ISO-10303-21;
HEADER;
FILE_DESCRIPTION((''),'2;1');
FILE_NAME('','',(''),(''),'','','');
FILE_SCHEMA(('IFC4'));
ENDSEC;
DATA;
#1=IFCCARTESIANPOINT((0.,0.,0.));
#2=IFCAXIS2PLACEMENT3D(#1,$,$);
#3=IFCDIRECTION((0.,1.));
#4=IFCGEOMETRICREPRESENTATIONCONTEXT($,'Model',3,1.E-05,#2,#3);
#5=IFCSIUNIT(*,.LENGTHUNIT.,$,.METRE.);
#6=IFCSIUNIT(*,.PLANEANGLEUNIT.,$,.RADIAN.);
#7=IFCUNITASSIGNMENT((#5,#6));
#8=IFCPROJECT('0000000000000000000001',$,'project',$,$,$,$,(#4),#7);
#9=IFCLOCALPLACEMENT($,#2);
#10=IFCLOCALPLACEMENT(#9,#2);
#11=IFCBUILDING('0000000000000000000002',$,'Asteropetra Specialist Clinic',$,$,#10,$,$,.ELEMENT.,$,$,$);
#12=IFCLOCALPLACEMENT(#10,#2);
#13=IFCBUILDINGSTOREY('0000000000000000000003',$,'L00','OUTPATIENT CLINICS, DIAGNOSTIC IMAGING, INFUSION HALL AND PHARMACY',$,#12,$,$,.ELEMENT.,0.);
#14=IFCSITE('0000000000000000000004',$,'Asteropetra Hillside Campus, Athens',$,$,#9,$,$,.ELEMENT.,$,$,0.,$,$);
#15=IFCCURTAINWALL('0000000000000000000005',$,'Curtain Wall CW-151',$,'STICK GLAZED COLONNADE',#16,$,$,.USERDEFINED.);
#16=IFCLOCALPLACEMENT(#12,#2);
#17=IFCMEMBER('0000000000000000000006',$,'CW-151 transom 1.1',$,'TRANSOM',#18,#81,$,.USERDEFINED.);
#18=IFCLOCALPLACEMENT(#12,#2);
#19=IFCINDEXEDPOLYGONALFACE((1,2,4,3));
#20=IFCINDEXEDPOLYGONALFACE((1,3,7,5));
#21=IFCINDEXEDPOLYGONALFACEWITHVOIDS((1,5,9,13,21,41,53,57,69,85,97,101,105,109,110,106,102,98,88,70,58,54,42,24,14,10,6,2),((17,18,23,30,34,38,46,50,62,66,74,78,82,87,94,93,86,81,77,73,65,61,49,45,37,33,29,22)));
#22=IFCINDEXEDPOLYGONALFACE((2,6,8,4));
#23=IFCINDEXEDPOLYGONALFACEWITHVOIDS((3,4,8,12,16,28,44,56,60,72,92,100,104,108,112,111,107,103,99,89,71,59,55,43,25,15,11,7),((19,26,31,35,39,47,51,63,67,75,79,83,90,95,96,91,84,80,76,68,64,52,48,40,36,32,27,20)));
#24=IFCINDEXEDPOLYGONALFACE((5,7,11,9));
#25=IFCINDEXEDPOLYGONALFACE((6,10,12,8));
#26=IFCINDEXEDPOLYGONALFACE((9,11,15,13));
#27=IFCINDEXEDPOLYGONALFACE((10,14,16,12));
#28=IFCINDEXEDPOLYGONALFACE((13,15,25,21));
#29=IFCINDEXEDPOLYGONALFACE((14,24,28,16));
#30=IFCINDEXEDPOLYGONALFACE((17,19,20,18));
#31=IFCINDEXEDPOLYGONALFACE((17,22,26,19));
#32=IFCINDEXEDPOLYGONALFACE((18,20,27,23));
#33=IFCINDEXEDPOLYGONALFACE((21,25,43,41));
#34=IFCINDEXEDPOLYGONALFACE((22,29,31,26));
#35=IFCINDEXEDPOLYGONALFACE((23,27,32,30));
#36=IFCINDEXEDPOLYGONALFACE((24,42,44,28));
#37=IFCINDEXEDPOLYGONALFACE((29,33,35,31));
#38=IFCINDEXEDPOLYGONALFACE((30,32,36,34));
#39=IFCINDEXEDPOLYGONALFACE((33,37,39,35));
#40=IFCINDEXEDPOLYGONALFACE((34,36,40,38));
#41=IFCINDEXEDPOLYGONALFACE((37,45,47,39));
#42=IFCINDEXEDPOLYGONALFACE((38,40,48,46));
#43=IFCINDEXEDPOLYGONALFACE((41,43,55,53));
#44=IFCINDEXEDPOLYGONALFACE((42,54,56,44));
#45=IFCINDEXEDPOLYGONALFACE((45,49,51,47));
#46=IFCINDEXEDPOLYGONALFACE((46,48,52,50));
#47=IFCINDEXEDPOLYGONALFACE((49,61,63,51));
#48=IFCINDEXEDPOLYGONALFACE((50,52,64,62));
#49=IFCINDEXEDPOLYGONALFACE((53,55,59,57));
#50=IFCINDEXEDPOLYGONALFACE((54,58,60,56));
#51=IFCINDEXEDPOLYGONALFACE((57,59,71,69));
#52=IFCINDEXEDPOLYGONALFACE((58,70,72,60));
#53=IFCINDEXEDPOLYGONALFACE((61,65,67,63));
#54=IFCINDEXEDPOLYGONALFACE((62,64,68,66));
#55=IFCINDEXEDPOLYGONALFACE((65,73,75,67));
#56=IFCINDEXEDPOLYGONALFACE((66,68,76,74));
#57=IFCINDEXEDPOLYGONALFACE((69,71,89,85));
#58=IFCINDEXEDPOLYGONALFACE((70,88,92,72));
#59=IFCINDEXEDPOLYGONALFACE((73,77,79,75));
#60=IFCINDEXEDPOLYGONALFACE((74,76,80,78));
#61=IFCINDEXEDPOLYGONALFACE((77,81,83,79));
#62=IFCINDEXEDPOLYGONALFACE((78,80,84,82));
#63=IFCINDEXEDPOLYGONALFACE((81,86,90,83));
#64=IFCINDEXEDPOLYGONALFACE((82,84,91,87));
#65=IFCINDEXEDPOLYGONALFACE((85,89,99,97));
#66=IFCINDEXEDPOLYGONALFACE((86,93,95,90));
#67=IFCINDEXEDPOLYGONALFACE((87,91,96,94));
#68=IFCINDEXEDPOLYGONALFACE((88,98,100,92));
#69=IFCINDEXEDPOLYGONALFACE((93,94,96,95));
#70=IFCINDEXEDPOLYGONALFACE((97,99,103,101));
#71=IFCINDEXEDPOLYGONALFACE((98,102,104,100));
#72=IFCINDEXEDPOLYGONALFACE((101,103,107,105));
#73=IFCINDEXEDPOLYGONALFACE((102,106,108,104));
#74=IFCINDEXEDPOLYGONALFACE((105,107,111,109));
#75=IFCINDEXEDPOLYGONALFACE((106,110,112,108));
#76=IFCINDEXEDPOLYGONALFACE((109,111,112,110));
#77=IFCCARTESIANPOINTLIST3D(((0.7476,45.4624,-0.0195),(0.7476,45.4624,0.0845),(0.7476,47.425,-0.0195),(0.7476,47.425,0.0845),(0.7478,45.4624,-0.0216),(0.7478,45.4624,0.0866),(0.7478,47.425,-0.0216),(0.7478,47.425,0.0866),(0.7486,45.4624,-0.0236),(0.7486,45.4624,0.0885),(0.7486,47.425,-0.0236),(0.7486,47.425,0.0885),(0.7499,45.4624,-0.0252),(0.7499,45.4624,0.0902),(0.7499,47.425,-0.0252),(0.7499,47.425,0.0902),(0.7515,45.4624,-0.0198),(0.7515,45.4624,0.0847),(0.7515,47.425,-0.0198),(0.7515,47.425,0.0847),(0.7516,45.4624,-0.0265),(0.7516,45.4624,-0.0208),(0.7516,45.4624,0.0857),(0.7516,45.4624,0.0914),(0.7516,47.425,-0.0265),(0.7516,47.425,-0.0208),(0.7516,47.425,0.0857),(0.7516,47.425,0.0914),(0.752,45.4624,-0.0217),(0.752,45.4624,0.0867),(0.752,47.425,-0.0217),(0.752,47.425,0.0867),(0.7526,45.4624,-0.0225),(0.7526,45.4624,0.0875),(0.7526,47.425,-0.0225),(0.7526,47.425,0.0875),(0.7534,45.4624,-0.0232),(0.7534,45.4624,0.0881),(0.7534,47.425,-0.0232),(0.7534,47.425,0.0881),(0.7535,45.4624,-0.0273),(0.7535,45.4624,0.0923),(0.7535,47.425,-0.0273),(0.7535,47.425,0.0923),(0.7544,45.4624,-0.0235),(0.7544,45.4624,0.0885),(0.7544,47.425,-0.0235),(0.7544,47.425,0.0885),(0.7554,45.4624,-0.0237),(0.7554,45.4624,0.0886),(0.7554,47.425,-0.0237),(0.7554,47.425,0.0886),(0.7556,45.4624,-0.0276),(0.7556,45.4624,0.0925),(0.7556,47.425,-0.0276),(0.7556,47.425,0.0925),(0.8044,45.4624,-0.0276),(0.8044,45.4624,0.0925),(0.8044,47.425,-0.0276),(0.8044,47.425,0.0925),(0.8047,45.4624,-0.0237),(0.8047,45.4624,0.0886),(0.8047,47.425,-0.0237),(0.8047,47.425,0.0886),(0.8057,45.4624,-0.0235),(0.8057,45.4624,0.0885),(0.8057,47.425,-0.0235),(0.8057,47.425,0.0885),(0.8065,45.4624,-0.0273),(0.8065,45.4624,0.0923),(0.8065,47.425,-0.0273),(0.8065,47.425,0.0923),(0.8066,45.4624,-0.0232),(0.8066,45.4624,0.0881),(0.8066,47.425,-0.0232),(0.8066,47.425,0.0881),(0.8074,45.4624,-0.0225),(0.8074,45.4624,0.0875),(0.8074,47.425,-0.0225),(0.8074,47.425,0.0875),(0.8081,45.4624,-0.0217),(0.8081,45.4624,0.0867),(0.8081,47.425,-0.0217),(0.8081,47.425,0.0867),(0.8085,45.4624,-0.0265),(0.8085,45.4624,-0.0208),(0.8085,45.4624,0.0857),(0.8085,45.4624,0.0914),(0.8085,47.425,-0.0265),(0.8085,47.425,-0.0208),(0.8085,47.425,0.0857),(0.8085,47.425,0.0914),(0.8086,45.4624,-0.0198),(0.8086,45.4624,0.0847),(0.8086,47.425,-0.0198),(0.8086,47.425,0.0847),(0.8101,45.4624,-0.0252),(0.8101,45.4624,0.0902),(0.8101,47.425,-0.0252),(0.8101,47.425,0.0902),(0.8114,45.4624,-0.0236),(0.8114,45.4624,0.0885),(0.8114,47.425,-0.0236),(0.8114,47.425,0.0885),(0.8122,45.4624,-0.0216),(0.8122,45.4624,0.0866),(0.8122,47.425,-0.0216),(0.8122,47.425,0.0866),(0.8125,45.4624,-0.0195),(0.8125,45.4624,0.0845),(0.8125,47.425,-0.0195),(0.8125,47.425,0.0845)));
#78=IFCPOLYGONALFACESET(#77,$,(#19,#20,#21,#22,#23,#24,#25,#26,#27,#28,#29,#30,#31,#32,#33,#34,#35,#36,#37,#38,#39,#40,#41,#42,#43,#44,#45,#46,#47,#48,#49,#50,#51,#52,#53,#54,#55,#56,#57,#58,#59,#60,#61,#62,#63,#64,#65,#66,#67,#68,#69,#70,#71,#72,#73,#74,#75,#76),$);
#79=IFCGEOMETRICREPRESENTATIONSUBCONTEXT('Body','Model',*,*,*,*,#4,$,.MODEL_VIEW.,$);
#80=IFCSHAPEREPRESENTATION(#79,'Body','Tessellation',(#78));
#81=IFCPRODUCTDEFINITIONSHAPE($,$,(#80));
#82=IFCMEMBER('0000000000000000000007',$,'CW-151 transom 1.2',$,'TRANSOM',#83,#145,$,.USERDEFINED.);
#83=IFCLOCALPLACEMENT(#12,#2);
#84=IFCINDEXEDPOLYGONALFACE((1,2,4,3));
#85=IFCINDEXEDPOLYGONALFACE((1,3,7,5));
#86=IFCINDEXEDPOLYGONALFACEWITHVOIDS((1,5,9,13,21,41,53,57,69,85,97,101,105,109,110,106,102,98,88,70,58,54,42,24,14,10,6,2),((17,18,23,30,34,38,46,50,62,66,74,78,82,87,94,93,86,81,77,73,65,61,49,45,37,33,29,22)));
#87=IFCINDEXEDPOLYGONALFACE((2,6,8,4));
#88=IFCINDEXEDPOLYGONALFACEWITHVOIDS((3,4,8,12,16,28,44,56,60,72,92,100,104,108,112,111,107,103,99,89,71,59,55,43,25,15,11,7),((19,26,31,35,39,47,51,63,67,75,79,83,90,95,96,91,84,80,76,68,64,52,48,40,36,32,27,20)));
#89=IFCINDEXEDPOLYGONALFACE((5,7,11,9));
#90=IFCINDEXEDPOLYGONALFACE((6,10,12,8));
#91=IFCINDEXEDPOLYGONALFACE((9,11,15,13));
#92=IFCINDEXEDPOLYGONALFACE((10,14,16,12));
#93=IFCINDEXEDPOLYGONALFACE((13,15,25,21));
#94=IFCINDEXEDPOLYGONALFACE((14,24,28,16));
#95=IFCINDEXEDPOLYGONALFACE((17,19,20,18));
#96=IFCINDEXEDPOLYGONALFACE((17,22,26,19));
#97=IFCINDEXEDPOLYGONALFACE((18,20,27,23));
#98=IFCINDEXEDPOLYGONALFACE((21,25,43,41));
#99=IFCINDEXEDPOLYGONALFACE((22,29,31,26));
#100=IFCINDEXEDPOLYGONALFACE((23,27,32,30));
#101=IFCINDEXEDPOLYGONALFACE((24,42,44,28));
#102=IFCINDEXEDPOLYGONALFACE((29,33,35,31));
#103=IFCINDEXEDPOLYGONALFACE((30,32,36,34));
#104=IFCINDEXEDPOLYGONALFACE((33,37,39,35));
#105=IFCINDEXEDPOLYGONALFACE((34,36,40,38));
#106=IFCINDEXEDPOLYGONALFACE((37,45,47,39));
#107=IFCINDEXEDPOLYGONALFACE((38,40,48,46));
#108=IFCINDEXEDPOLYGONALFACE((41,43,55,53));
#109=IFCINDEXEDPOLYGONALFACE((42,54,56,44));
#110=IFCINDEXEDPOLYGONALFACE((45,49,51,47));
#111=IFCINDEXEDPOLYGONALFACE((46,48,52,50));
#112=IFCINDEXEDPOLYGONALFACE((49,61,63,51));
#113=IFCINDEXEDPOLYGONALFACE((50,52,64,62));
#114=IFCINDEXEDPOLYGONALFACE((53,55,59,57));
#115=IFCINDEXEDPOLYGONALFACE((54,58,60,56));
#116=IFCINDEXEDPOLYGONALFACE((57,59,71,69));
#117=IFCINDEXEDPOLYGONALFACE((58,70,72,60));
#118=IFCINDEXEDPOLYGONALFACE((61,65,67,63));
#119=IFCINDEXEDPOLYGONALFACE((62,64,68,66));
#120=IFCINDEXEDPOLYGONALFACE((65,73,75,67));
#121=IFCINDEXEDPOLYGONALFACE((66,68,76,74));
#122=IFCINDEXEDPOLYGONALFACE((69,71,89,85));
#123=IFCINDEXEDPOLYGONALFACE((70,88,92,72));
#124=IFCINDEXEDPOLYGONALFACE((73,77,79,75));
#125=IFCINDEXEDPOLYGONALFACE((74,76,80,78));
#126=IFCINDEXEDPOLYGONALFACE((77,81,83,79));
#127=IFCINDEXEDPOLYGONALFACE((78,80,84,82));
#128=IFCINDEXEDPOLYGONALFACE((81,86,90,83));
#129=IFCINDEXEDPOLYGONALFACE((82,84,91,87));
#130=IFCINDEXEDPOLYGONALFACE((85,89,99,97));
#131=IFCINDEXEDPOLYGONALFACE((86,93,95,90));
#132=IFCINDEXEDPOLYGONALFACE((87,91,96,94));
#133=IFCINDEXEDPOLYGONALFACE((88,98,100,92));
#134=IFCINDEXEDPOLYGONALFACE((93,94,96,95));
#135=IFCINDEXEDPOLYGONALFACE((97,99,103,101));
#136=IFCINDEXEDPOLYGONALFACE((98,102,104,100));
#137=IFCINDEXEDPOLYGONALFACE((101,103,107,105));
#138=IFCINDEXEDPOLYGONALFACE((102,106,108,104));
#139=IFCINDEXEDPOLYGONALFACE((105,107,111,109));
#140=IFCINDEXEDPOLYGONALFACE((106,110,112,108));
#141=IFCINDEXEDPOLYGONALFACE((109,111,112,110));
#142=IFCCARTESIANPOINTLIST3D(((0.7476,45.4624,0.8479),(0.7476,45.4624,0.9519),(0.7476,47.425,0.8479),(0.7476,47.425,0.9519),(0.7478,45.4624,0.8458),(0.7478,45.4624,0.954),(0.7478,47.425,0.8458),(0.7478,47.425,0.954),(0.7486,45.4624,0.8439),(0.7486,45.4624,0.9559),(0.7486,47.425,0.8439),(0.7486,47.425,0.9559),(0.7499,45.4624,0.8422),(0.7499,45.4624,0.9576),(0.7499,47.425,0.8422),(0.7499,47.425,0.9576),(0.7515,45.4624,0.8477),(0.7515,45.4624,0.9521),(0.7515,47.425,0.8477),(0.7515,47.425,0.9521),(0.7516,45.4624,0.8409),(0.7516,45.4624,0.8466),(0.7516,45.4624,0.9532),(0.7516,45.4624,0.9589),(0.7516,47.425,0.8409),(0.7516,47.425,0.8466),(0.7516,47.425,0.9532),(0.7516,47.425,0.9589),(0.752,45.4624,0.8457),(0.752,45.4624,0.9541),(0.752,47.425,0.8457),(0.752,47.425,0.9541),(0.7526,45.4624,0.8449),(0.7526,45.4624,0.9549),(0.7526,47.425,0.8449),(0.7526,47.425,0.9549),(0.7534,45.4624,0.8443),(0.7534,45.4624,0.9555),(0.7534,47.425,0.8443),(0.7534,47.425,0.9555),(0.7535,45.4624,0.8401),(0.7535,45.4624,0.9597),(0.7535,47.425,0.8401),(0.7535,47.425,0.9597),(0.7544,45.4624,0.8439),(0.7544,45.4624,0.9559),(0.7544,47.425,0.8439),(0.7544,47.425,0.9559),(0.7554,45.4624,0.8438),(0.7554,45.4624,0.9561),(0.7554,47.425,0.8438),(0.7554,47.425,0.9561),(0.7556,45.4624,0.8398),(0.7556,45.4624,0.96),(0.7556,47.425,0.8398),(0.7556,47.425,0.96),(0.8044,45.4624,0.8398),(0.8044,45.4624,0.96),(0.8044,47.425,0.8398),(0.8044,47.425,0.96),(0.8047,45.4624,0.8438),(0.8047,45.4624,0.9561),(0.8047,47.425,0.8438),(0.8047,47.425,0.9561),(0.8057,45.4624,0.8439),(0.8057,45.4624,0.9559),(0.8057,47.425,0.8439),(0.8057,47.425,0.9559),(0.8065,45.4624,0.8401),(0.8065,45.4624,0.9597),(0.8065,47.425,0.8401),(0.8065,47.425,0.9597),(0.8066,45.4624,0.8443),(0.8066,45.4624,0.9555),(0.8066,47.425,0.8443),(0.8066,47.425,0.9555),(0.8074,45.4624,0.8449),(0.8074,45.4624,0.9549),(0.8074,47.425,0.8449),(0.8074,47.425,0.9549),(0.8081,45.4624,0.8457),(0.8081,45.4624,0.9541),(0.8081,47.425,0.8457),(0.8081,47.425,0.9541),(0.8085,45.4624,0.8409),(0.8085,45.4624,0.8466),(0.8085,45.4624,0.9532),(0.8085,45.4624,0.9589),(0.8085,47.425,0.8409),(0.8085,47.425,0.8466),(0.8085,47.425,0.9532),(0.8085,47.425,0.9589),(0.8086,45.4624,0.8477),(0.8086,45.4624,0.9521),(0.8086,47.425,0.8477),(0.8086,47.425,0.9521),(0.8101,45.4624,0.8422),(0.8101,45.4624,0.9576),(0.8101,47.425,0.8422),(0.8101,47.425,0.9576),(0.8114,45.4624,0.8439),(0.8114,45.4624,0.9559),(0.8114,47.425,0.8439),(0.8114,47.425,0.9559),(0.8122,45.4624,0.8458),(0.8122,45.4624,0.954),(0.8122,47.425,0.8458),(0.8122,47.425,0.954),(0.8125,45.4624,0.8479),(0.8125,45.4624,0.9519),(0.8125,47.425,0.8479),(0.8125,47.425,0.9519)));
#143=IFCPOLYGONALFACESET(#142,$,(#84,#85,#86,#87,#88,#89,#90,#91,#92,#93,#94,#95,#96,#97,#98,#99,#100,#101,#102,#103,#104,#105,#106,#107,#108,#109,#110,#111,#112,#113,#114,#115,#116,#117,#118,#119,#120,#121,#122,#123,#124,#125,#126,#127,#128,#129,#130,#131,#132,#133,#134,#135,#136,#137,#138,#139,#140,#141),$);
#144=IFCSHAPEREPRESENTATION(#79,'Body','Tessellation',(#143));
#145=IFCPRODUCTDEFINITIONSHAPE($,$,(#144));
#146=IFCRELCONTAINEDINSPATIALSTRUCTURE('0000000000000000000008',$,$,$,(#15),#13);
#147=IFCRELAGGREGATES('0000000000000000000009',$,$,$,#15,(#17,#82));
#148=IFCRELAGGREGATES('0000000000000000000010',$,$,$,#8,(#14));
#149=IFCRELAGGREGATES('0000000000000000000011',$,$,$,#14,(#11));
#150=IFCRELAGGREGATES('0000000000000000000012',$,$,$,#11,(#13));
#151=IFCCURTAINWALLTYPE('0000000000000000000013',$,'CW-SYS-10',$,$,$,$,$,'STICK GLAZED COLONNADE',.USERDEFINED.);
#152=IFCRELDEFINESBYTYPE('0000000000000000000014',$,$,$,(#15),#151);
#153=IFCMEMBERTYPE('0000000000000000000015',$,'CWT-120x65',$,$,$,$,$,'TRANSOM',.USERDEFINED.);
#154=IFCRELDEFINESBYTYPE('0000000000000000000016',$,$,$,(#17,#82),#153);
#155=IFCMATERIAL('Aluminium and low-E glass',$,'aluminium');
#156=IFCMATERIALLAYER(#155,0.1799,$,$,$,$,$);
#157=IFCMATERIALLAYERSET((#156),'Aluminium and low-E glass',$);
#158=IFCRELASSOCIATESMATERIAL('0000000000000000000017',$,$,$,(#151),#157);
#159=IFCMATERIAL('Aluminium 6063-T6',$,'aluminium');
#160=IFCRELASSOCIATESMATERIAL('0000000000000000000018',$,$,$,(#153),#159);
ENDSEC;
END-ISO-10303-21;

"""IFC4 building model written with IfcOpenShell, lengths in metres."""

from ifc_helpers import new_model, si_unit, direction, frame, origin, origin_2d, place, context, subcontext, project, spatial, hollow_rectangle, extrude, material, layer, layer_set, material_profile, profile_set, type_object, element, aggregate, save


model = new_model("IFC4")

# Units and contexts
model_context = context("Model", 3, precision=1e-05, world=origin(), true_north=direction((0.0, 1.0)))
body_context = subcontext(model_context, "Body", "Model", "MODEL_VIEW")
ifc_project = project(units=[si_unit("LENGTHUNIT", "METRE"), si_unit("PLANEANGLEUNIT", "RADIAN")], contexts=[model_context])

# Site, building, storey
site_placement = place(None, origin())
site = spatial("IfcSite", under=ifc_project, at=site_placement, Name="Asteropetra Hillside Campus, Athens", CompositionType="ELEMENT", RefElevation=0.0)
building_placement = place(site_placement, origin())
building = spatial("IfcBuilding", under=site, at=building_placement, Name="Asteropetra Specialist Clinic", CompositionType="ELEMENT")
storey_placement = place(building_placement, origin())
storey = spatial("IfcBuildingStorey", under=building, at=storey_placement, Name="L00", Description="OUTPATIENT CLINICS, DIAGNOSTIC IMAGING, INFUSION HALL AND PHARMACY", CompositionType="ELEMENT", Elevation=0.0)

# Curtain wall, members
ifc_material_1 = material(Name="Aluminium and low-E glass", Category="aluminium")
ifc_layer_1 = layer(ifc_material_1, 0.1799)
ifc_layer_set_1 = layer_set([ifc_layer_1], Name="Aluminium and low-E glass")
curtain_wall_type = type_object("IfcCurtainWallType", Name="CW-SYS-10", ElementType="STICK GLAZED COLONNADE", PredefinedType="USERDEFINED", material=ifc_layer_set_1)
curtain_wall_placement = place(storey_placement, origin())
curtain_wall = element("IfcCurtainWall", 1, at=curtain_wall_placement, inside=storey, type_object=curtain_wall_type, Name="Curtain Wall CW-151", ObjectType="STICK GLAZED COLONNADE", PredefinedType="USERDEFINED")
ifc_material_2 = material(Name="Aluminium 6063-T6", Category="aluminium")
ifc_material_profile_1 = material_profile(ifc_material_2, hollow_rectangle(XDim=0.0649, YDim=0.1201, WallThickness=0.0039, InnerFilletRadius=0.0039, OuterFilletRadius=0.0081, at=origin_2d()), Name="TRN 120x65x4.0")
ifc_profile_set_1 = profile_set([ifc_material_profile_1], Name="Aluminium 6063-T6")
member_type_1 = type_object("IfcMemberType", Name="CWT-120x65", ElementType="TRANSOM", PredefinedType="USERDEFINED", material=ifc_profile_set_1)
member_1_placement = place(storey_placement, frame((0.78, 47.425, 0.0325), z_axis=(0.0, -1.0, 0.0), x_axis=(1.0, 0.0, 0.0)))
member_1 = element("IfcMember", 2, at=member_1_placement, type_object=member_type_1, Name="CW-151 transom 1.1", ObjectType="TRANSOM", PredefinedType="USERDEFINED", context=body_context, shape_type="SweptSolid", body=[
    extrude(hollow_rectangle(XDim=0.0649, YDim=0.1201, WallThickness=0.0039, InnerFilletRadius=0.0039, OuterFilletRadius=0.0081, at=origin_2d()), origin(), (0.0, 0.0, 1.0), 1.9626),
])
member_2_placement = place(storey_placement, frame((0.78, 47.425, 0.8999), z_axis=(0.0, -1.0, 0.0), x_axis=(1.0, 0.0, 0.0)))
member_2 = element("IfcMember", 3, at=member_2_placement, type_object=member_type_1, Name="CW-151 transom 1.2", ObjectType="TRANSOM", PredefinedType="USERDEFINED", context=body_context, shape_type="SweptSolid", body=[
    extrude(hollow_rectangle(XDim=0.0649, YDim=0.1201, WallThickness=0.0039, InnerFilletRadius=0.0039, OuterFilletRadius=0.0081, at=origin_2d()), origin(), (0.0, 0.0, 1.0), 1.9626),
])

aggregate(curtain_wall, [member_1, member_2])

save(model, "model.ifc")
